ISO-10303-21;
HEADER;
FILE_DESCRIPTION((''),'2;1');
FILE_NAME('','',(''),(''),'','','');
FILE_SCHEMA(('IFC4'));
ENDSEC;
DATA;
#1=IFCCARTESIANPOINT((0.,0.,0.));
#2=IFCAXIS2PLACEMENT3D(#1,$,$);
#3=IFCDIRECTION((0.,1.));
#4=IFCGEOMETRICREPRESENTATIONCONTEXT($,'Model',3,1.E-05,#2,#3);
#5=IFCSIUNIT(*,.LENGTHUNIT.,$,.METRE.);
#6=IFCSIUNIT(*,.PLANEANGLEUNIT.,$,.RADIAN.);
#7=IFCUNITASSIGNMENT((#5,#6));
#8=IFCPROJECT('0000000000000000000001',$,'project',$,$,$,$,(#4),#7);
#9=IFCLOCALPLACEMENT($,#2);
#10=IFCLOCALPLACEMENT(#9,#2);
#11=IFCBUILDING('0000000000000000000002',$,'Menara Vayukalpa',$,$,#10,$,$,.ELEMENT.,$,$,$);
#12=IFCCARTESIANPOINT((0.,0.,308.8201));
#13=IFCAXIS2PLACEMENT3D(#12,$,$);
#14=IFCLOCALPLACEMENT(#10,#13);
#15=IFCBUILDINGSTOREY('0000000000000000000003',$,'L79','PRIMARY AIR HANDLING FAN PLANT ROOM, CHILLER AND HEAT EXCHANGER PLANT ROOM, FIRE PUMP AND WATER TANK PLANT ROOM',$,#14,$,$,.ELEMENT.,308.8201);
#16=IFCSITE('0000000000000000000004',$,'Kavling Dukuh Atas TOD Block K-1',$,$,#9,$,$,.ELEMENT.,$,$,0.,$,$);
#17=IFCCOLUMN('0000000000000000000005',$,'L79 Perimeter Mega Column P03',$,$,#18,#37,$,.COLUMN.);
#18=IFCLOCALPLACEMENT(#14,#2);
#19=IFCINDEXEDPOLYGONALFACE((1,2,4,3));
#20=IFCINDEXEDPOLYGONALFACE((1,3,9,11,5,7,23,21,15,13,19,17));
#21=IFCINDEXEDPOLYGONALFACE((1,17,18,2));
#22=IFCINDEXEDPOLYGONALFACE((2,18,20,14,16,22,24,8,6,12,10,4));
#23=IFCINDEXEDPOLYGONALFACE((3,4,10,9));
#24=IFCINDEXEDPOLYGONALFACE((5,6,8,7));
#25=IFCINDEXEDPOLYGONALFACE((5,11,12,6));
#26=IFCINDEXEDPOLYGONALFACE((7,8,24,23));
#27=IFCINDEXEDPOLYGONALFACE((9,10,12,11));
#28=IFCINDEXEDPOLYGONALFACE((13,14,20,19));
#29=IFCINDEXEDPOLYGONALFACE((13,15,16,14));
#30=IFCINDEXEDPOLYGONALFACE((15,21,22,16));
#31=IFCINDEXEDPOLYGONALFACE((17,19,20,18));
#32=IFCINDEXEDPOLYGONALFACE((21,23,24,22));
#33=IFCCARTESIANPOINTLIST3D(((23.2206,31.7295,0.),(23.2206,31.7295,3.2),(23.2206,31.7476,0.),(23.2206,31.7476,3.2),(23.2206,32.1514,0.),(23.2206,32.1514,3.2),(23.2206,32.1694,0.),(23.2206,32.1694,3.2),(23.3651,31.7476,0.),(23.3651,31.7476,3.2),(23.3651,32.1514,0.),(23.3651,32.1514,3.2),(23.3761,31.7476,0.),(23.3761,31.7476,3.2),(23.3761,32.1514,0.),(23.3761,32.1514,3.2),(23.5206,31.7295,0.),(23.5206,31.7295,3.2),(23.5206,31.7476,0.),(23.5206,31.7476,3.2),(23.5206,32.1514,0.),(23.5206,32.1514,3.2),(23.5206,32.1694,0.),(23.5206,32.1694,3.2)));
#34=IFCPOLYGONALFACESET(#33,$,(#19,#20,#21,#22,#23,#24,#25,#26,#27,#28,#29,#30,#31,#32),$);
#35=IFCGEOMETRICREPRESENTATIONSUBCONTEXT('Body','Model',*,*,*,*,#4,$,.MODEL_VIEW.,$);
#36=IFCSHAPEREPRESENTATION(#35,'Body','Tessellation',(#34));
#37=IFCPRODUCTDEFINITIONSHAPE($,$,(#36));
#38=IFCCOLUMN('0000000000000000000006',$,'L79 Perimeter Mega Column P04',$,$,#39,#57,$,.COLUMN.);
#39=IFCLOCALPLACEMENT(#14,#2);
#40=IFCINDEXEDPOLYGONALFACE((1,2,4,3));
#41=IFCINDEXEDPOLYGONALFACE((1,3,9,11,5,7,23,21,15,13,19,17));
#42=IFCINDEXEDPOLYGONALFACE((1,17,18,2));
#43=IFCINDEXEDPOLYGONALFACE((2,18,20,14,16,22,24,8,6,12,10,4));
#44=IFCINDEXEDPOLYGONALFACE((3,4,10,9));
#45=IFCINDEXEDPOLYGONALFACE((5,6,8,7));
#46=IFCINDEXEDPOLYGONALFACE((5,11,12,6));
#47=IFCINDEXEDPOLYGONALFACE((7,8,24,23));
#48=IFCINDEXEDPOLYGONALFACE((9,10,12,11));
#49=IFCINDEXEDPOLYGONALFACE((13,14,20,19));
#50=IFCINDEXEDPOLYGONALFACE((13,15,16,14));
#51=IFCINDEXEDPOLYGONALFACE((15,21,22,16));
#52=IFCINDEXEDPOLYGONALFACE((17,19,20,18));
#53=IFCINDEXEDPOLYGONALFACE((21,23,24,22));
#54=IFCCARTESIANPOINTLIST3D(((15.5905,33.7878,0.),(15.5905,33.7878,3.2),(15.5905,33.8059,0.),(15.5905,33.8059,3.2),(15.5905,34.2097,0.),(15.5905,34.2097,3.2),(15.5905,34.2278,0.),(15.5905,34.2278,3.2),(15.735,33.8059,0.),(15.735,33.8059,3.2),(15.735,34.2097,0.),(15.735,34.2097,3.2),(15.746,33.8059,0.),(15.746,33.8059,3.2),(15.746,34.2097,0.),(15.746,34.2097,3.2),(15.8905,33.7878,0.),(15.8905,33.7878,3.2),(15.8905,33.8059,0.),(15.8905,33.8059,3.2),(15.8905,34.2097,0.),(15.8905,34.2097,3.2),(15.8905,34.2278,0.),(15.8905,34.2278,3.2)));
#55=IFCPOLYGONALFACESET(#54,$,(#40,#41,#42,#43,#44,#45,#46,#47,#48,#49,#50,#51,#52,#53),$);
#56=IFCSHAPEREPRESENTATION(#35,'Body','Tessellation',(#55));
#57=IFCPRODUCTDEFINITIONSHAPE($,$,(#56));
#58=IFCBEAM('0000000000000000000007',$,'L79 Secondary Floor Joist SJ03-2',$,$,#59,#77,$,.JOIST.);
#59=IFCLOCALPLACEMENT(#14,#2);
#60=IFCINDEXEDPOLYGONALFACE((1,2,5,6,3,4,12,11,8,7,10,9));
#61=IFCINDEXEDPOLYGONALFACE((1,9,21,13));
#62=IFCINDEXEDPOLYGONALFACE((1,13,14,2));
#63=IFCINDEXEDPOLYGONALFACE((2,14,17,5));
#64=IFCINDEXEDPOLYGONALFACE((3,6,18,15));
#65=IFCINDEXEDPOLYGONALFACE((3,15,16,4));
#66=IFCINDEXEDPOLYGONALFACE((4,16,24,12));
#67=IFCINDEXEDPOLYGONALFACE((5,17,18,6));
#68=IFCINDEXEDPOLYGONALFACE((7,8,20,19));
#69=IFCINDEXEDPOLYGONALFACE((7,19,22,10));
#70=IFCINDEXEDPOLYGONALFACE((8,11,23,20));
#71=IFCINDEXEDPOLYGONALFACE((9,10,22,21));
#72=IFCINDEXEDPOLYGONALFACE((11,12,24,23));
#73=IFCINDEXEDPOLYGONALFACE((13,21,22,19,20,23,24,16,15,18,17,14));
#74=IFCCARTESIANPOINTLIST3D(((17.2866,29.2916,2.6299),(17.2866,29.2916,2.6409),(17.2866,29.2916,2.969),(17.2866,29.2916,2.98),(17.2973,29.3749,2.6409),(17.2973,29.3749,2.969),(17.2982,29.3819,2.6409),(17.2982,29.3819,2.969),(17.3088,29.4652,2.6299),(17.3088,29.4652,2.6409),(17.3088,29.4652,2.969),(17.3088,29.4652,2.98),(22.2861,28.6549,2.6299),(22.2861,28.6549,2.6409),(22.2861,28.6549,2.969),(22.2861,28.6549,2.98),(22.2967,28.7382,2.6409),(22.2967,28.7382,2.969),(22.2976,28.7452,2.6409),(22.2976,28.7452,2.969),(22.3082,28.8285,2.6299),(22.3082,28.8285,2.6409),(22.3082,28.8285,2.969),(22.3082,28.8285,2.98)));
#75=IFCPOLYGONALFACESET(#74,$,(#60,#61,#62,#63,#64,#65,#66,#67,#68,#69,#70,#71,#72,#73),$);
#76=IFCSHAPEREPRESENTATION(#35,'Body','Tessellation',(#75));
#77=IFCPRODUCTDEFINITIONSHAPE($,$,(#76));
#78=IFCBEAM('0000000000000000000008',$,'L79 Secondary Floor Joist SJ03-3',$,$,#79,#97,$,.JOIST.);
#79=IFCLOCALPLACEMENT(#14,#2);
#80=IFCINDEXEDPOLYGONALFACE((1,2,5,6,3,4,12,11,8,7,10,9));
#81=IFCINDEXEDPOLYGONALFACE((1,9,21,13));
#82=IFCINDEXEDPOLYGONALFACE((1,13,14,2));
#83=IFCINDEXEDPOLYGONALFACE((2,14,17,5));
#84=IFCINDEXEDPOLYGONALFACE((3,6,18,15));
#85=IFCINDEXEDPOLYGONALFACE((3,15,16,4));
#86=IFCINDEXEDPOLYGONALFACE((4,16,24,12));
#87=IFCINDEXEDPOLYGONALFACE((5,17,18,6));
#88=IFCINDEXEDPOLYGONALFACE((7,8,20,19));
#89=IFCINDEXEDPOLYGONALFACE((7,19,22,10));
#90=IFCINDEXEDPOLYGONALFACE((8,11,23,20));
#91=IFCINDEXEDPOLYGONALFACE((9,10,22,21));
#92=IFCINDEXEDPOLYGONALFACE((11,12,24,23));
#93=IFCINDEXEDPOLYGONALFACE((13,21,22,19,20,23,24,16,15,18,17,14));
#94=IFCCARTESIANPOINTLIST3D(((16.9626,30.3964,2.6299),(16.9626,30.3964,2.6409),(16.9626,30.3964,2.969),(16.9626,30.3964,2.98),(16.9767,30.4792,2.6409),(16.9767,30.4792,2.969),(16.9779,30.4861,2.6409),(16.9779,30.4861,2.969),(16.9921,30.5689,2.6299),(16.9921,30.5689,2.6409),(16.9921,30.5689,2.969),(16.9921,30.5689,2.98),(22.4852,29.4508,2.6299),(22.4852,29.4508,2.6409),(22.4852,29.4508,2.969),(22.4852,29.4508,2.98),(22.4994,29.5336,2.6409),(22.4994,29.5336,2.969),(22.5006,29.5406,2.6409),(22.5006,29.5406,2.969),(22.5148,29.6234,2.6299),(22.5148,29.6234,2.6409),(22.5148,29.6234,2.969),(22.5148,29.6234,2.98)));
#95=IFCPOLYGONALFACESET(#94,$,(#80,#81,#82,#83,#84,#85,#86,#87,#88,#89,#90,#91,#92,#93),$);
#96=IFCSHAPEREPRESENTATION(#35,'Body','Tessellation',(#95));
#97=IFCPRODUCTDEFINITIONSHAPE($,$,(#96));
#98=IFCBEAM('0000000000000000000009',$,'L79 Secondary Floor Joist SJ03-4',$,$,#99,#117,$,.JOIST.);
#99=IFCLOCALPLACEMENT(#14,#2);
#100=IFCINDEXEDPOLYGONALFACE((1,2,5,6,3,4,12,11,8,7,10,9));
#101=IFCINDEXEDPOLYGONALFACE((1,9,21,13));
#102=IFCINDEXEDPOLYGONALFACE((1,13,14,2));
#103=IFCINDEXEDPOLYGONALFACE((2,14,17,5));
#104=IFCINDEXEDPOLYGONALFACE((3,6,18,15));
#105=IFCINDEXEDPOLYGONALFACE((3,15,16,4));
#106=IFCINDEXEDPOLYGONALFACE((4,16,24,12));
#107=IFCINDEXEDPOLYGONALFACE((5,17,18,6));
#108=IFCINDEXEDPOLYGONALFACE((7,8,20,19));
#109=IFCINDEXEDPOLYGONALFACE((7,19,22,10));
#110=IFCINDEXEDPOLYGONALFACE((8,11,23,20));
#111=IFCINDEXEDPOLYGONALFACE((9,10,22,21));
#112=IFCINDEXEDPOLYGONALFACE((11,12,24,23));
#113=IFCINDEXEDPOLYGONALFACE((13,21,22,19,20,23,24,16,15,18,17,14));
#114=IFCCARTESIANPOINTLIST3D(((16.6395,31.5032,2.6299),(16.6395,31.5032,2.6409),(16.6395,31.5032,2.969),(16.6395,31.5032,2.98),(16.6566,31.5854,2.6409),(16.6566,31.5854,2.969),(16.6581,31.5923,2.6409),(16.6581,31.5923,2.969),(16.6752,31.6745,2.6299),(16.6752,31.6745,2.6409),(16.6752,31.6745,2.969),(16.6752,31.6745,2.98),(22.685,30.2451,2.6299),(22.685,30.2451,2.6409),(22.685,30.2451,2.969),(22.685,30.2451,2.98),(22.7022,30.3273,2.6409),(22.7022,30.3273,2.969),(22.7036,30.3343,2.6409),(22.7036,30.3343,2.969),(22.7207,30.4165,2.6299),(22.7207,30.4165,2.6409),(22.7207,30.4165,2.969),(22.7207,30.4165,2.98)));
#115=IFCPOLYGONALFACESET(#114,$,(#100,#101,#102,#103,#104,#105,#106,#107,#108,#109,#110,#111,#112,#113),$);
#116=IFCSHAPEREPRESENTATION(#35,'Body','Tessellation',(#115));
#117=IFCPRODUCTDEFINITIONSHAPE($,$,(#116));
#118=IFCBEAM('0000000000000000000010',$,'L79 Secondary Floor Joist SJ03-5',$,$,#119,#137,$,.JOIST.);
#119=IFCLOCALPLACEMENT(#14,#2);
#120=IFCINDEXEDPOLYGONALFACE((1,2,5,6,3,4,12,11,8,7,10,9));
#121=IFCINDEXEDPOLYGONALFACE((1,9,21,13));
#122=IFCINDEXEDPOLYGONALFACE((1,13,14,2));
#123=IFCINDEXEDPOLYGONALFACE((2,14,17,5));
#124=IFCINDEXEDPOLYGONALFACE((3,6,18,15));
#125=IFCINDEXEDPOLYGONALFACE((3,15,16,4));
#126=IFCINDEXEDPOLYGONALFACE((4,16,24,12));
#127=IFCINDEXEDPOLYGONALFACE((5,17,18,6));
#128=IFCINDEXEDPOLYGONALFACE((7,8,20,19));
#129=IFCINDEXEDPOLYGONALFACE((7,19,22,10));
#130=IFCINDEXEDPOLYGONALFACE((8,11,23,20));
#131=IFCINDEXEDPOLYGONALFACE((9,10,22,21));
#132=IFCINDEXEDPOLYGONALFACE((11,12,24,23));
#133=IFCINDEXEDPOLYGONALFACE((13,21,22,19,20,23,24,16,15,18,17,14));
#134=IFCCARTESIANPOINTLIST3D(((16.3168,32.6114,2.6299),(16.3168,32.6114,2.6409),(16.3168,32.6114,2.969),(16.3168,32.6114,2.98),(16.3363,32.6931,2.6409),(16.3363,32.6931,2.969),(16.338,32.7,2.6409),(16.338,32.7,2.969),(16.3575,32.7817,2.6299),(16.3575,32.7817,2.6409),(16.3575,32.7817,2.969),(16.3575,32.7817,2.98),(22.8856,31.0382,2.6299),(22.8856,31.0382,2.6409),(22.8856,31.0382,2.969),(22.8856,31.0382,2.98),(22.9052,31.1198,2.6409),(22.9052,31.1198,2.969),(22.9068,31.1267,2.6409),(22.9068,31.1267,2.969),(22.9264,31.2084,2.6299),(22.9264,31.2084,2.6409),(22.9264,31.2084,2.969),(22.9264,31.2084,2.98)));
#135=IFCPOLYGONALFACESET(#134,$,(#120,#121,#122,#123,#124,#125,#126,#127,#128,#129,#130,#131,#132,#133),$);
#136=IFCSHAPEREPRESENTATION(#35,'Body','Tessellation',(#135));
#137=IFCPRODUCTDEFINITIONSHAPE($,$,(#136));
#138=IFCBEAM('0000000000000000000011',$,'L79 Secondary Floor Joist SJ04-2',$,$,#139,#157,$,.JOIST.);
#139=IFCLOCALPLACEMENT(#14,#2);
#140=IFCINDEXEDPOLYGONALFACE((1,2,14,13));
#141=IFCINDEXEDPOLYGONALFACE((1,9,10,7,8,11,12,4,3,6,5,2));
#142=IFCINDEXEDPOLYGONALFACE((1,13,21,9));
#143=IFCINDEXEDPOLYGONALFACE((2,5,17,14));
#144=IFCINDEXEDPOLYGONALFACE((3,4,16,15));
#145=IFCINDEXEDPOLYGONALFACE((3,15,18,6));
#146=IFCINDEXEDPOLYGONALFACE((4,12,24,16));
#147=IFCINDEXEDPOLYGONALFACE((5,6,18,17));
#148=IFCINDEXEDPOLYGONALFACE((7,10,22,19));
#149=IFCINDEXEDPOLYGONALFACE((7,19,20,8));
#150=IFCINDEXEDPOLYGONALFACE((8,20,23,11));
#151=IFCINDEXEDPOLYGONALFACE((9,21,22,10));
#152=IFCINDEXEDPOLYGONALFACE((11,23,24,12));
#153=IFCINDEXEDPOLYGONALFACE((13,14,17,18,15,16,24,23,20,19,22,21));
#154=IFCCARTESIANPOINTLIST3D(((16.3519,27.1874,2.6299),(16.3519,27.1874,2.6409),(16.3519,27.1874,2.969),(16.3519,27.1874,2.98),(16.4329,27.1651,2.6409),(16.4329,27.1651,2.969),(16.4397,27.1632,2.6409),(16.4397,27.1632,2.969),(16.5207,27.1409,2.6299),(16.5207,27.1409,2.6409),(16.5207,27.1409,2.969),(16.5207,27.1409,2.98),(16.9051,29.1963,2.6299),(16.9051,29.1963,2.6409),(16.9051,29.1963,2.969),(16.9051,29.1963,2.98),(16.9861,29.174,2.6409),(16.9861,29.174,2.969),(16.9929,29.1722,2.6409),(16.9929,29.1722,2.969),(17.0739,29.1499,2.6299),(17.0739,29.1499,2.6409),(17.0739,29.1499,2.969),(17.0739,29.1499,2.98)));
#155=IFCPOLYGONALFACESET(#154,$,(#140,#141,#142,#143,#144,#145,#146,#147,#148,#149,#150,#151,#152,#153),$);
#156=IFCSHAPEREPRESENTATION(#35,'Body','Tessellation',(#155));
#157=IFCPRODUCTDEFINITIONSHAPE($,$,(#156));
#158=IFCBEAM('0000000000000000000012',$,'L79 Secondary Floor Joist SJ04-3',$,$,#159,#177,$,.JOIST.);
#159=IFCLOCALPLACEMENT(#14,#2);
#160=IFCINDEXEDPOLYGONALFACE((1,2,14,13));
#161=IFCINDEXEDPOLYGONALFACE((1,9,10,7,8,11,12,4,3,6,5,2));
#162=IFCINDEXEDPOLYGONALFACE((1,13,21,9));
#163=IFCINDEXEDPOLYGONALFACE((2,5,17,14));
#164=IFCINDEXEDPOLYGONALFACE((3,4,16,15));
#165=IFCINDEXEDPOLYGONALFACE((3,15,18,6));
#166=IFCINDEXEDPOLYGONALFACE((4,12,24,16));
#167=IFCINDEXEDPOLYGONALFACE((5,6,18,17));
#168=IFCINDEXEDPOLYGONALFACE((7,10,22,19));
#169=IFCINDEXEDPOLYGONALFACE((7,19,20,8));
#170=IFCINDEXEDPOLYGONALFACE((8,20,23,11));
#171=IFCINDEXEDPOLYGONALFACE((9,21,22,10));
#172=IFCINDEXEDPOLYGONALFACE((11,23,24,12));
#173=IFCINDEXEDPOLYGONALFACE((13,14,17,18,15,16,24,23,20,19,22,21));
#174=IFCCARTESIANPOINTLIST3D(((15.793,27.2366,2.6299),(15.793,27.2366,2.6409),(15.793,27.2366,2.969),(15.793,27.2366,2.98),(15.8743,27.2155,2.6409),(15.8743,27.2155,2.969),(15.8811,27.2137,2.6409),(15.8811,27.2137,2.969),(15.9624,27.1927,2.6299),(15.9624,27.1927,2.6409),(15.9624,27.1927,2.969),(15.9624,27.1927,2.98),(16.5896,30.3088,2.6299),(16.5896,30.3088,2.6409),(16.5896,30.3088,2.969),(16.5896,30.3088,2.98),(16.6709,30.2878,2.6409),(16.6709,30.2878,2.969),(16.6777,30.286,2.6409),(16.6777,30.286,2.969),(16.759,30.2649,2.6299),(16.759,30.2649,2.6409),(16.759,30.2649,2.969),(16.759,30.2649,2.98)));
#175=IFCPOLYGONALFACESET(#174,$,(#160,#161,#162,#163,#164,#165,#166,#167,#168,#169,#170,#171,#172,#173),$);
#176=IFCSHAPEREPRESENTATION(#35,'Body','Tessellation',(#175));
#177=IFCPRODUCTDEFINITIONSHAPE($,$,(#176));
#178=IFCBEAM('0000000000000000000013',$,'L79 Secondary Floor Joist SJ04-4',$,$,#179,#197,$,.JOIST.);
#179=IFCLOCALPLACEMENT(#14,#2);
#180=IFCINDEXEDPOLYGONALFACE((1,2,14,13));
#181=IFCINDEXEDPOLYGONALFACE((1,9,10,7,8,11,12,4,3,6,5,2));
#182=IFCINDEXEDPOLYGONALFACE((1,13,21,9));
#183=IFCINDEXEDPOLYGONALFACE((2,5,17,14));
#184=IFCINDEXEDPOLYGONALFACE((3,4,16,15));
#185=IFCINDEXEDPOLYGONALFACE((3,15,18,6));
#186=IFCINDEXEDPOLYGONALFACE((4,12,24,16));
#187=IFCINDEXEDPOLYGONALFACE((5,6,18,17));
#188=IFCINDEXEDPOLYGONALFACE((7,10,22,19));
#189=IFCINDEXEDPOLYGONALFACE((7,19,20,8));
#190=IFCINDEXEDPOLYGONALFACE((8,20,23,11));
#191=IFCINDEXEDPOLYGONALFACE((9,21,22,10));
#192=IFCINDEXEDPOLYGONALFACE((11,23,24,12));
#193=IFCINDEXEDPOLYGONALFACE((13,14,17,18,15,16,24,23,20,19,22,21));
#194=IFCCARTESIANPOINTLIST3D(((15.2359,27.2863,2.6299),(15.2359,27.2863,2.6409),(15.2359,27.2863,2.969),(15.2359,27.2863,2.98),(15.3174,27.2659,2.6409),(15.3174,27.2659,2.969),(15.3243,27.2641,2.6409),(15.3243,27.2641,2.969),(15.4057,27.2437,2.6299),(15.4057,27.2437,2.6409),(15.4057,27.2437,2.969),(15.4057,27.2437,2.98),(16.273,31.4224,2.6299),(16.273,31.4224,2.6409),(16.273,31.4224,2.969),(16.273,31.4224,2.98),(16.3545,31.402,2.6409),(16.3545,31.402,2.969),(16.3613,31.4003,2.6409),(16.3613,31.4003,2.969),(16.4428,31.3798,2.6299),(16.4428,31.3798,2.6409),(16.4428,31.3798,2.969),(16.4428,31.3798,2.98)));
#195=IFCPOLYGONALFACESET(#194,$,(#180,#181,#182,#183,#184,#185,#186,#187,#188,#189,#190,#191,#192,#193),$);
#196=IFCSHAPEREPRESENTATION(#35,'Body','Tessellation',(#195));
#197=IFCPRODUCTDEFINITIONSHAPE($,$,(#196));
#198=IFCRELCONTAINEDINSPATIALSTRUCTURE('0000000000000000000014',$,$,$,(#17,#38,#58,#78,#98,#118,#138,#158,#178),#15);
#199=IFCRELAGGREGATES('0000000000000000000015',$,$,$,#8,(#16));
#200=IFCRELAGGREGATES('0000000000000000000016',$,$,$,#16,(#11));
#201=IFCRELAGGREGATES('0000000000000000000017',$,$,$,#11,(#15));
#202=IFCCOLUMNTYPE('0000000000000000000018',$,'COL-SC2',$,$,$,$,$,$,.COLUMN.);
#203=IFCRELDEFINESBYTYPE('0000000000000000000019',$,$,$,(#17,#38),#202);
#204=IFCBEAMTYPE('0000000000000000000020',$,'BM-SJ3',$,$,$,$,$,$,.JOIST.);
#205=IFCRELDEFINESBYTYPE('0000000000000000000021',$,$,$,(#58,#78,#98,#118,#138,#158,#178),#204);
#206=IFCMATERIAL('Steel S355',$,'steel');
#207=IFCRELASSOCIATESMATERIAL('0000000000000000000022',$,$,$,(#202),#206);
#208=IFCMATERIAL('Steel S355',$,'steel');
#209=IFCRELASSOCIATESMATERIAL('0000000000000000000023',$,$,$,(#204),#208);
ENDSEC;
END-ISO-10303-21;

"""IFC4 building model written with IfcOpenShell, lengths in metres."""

from ifc_helpers import new_model, si_unit, direction, frame, origin, origin_2d, place, context, subcontext, project, spatial, i_section, extrude, material, material_profile, profile_set, type_object, element, save


model = new_model("IFC4")

# Units and contexts
model_context = context("Model", 3, precision=1e-05, world=origin(), true_north=direction((0.0, 1.0)))
body_context = subcontext(model_context, "Body", "Model", "MODEL_VIEW")
ifc_project = project(units=[si_unit("LENGTHUNIT", "METRE"), si_unit("PLANEANGLEUNIT", "RADIAN")], contexts=[model_context])

# Site, building, storey
site_placement = place(None, origin())
site = spatial("IfcSite", under=ifc_project, at=site_placement, Name="Kavling Dukuh Atas TOD Block K-1", CompositionType="ELEMENT", RefElevation=0.0)
building_placement = place(site_placement, origin())
building = spatial("IfcBuilding", under=site, at=building_placement, Name="Menara Vayukalpa", CompositionType="ELEMENT")
storey_placement = place(building_placement, frame((0.0, 0.0, 308.8201)))
storey = spatial("IfcBuildingStorey", under=building, at=storey_placement, Name="L79", Description="PRIMARY AIR HANDLING FAN PLANT ROOM, CHILLER AND HEAT EXCHANGER PLANT ROOM, FIRE PUMP AND WATER TANK PLANT ROOM", CompositionType="ELEMENT", Elevation=308.8201)

# Columns
ifc_material_1 = material(Name="Steel S355", Category="steel")
ifc_material_profile_1 = material_profile(ifc_material_1, i_section(OverallWidth=0.3, OverallDepth=0.4399, WebThickness=0.011, FlangeThickness=0.0181, at=origin_2d()), Name="H 440x300x11x18")
ifc_profile_set_1 = profile_set([ifc_material_profile_1], Name="Steel S355")
column_type = type_object("IfcColumnType", Name="COL-SC2", PredefinedType="COLUMN", material=ifc_profile_set_1)
for number, where, z_axis, x_axis, name in (
    (1, (23.3706, 31.9495, 0.0), (0.0, 0.0, 1.0), (1.0, 0.0, 0.0), "L79 Perimeter Mega Column P03"),
    (2, (15.7405, 34.0078, 0.0), (0.0, 0.0, 1.0), (1.0, 0.0, 0.0), "L79 Perimeter Mega Column P04"),
):
    element("IfcColumn", number, at=place(storey_placement, frame(where, z_axis=z_axis, x_axis=x_axis)), inside=storey, type_object=column_type, Name=name, PredefinedType="COLUMN", context=body_context, shape_type="SweptSolid", body=[
        extrude(i_section(OverallWidth=0.3, OverallDepth=0.4399, WebThickness=0.011, FlangeThickness=0.0181, at=origin_2d()), origin(), (0.0, 0.0, 1.0), 3.2),
    ])

# Beams
ifc_material_2 = material(Name="Steel S355", Category="steel")
ifc_material_profile_2 = material_profile(ifc_material_2, i_section(OverallWidth=0.175, OverallDepth=0.3501, WebThickness=0.0071, FlangeThickness=0.011, at=origin_2d()), Name="WF 350x175x7x11")
ifc_profile_set_2 = profile_set([ifc_material_profile_2], Name="Steel S355")
beam_type_1 = type_object("IfcBeamType", Name="BM-SJ3", PredefinedType="JOIST", material=ifc_profile_set_2)
beam_1_placement = place(storey_placement, frame((22.2971, 28.7417, 2.8049), z_axis=(-0.991988, 0.126336, 0.0), x_axis=(-0.126336, -0.991988, 0.0)))
element("IfcBeam", 3, at=beam_1_placement, inside=storey, type_object=beam_type_1, Name="L79 Secondary Floor Joist SJ03-2", PredefinedType="JOIST", context=body_context, shape_type="SweptSolid", body=[
    extrude(i_section(OverallWidth=0.175, OverallDepth=0.3501, WebThickness=0.0071, FlangeThickness=0.011, at=origin_2d()), origin(), (0.0, 0.0, 1.0), 5.0398),
])
beam_2_placement = place(storey_placement, frame((22.5, 29.5371, 2.8049), z_axis=(-0.985658, 0.168757, 0.0), x_axis=(-0.168757, -0.985658, 0.0)))
element("IfcBeam", 4, at=beam_2_placement, inside=storey, type_object=beam_type_1, Name="L79 Secondary Floor Joist SJ03-3", PredefinedType="JOIST", context=body_context, shape_type="SweptSolid", body=[
    extrude(i_section(OverallWidth=0.175, OverallDepth=0.3501, WebThickness=0.0071, FlangeThickness=0.011, at=origin_2d()), origin(), (0.0, 0.0, 1.0), 5.603),
])
beam_3_placement = place(storey_placement, frame((22.7029, 30.3308, 2.8049), z_axis=(-0.979027, 0.203728, 0.0), x_axis=(-0.203728, -0.979027, 0.0)))
element("IfcBeam", 5, at=beam_3_placement, inside=storey, type_object=beam_type_1, Name="L79 Secondary Floor Joist SJ03-4", PredefinedType="JOIST", context=body_context, shape_type="SweptSolid", body=[
    extrude(i_section(OverallWidth=0.175, OverallDepth=0.3501, WebThickness=0.0071, FlangeThickness=0.011, at=origin_2d()), origin(), (0.0, 0.0, 1.0), 6.175),
])
beam_4_placement = place(storey_placement, frame((22.906, 31.1233, 2.8049), z_axis=(-0.972497, 0.232914, 0.0), x_axis=(-0.232914, -0.972497, 0.0)))
element("IfcBeam", 6, at=beam_4_placement, inside=storey, type_object=beam_type_1, Name="L79 Secondary Floor Joist SJ03-5", PredefinedType="JOIST", context=body_context, shape_type="SweptSolid", body=[
    extrude(i_section(OverallWidth=0.175, OverallDepth=0.3501, WebThickness=0.0071, FlangeThickness=0.011, at=origin_2d()), origin(), (0.0, 0.0, 1.0), 6.7546),
])
beam_5_placement = place(storey_placement, frame((16.9895, 29.1731, 2.8049), z_axis=(-0.265486, -0.964115, 0.0), x_axis=(0.964115, -0.265486, 0.0)))
element("IfcBeam", 7, at=beam_5_placement, inside=storey, type_object=beam_type_1, Name="L79 Secondary Floor Joist SJ04-2", PredefinedType="JOIST", context=body_context, shape_type="SweptSolid", body=[
    extrude(i_section(OverallWidth=0.175, OverallDepth=0.3501, WebThickness=0.0071, FlangeThickness=0.011, at=origin_2d()), origin(), (0.0, 0.0, 1.0), 2.0837),
])
beam_6_placement = place(storey_placement, frame((16.6743, 30.2869, 2.8049), z_axis=(-0.250997, -0.967988, 0.0), x_axis=(0.967988, -0.250997, 0.0)))
element("IfcBeam", 8, at=beam_6_placement, inside=storey, type_object=beam_type_1, Name="L79 Secondary Floor Joist SJ04-3", PredefinedType="JOIST", context=body_context, shape_type="SweptSolid", body=[
    extrude(i_section(OverallWidth=0.175, OverallDepth=0.3501, WebThickness=0.0071, FlangeThickness=0.011, at=origin_2d()), origin(), (0.0, 0.0, 1.0), 3.1738),
])
beam_7_placement = place(storey_placement, frame((16.3579, 31.4011, 2.8049), z_axis=(-0.243209, -0.969974, 0.0), x_axis=(0.969974, -0.243209, 0.0)))
element("IfcBeam", 9, at=beam_7_placement, inside=storey, type_object=beam_type_1, Name="L79 Secondary Floor Joist SJ04-4", PredefinedType="JOIST", context=body_context, shape_type="SweptSolid", body=[
    extrude(i_section(OverallWidth=0.175, OverallDepth=0.3501, WebThickness=0.0071, FlangeThickness=0.011, at=origin_2d()), origin(), (0.0, 0.0, 1.0), 4.2642),
])

save(model, "model.ifc")
